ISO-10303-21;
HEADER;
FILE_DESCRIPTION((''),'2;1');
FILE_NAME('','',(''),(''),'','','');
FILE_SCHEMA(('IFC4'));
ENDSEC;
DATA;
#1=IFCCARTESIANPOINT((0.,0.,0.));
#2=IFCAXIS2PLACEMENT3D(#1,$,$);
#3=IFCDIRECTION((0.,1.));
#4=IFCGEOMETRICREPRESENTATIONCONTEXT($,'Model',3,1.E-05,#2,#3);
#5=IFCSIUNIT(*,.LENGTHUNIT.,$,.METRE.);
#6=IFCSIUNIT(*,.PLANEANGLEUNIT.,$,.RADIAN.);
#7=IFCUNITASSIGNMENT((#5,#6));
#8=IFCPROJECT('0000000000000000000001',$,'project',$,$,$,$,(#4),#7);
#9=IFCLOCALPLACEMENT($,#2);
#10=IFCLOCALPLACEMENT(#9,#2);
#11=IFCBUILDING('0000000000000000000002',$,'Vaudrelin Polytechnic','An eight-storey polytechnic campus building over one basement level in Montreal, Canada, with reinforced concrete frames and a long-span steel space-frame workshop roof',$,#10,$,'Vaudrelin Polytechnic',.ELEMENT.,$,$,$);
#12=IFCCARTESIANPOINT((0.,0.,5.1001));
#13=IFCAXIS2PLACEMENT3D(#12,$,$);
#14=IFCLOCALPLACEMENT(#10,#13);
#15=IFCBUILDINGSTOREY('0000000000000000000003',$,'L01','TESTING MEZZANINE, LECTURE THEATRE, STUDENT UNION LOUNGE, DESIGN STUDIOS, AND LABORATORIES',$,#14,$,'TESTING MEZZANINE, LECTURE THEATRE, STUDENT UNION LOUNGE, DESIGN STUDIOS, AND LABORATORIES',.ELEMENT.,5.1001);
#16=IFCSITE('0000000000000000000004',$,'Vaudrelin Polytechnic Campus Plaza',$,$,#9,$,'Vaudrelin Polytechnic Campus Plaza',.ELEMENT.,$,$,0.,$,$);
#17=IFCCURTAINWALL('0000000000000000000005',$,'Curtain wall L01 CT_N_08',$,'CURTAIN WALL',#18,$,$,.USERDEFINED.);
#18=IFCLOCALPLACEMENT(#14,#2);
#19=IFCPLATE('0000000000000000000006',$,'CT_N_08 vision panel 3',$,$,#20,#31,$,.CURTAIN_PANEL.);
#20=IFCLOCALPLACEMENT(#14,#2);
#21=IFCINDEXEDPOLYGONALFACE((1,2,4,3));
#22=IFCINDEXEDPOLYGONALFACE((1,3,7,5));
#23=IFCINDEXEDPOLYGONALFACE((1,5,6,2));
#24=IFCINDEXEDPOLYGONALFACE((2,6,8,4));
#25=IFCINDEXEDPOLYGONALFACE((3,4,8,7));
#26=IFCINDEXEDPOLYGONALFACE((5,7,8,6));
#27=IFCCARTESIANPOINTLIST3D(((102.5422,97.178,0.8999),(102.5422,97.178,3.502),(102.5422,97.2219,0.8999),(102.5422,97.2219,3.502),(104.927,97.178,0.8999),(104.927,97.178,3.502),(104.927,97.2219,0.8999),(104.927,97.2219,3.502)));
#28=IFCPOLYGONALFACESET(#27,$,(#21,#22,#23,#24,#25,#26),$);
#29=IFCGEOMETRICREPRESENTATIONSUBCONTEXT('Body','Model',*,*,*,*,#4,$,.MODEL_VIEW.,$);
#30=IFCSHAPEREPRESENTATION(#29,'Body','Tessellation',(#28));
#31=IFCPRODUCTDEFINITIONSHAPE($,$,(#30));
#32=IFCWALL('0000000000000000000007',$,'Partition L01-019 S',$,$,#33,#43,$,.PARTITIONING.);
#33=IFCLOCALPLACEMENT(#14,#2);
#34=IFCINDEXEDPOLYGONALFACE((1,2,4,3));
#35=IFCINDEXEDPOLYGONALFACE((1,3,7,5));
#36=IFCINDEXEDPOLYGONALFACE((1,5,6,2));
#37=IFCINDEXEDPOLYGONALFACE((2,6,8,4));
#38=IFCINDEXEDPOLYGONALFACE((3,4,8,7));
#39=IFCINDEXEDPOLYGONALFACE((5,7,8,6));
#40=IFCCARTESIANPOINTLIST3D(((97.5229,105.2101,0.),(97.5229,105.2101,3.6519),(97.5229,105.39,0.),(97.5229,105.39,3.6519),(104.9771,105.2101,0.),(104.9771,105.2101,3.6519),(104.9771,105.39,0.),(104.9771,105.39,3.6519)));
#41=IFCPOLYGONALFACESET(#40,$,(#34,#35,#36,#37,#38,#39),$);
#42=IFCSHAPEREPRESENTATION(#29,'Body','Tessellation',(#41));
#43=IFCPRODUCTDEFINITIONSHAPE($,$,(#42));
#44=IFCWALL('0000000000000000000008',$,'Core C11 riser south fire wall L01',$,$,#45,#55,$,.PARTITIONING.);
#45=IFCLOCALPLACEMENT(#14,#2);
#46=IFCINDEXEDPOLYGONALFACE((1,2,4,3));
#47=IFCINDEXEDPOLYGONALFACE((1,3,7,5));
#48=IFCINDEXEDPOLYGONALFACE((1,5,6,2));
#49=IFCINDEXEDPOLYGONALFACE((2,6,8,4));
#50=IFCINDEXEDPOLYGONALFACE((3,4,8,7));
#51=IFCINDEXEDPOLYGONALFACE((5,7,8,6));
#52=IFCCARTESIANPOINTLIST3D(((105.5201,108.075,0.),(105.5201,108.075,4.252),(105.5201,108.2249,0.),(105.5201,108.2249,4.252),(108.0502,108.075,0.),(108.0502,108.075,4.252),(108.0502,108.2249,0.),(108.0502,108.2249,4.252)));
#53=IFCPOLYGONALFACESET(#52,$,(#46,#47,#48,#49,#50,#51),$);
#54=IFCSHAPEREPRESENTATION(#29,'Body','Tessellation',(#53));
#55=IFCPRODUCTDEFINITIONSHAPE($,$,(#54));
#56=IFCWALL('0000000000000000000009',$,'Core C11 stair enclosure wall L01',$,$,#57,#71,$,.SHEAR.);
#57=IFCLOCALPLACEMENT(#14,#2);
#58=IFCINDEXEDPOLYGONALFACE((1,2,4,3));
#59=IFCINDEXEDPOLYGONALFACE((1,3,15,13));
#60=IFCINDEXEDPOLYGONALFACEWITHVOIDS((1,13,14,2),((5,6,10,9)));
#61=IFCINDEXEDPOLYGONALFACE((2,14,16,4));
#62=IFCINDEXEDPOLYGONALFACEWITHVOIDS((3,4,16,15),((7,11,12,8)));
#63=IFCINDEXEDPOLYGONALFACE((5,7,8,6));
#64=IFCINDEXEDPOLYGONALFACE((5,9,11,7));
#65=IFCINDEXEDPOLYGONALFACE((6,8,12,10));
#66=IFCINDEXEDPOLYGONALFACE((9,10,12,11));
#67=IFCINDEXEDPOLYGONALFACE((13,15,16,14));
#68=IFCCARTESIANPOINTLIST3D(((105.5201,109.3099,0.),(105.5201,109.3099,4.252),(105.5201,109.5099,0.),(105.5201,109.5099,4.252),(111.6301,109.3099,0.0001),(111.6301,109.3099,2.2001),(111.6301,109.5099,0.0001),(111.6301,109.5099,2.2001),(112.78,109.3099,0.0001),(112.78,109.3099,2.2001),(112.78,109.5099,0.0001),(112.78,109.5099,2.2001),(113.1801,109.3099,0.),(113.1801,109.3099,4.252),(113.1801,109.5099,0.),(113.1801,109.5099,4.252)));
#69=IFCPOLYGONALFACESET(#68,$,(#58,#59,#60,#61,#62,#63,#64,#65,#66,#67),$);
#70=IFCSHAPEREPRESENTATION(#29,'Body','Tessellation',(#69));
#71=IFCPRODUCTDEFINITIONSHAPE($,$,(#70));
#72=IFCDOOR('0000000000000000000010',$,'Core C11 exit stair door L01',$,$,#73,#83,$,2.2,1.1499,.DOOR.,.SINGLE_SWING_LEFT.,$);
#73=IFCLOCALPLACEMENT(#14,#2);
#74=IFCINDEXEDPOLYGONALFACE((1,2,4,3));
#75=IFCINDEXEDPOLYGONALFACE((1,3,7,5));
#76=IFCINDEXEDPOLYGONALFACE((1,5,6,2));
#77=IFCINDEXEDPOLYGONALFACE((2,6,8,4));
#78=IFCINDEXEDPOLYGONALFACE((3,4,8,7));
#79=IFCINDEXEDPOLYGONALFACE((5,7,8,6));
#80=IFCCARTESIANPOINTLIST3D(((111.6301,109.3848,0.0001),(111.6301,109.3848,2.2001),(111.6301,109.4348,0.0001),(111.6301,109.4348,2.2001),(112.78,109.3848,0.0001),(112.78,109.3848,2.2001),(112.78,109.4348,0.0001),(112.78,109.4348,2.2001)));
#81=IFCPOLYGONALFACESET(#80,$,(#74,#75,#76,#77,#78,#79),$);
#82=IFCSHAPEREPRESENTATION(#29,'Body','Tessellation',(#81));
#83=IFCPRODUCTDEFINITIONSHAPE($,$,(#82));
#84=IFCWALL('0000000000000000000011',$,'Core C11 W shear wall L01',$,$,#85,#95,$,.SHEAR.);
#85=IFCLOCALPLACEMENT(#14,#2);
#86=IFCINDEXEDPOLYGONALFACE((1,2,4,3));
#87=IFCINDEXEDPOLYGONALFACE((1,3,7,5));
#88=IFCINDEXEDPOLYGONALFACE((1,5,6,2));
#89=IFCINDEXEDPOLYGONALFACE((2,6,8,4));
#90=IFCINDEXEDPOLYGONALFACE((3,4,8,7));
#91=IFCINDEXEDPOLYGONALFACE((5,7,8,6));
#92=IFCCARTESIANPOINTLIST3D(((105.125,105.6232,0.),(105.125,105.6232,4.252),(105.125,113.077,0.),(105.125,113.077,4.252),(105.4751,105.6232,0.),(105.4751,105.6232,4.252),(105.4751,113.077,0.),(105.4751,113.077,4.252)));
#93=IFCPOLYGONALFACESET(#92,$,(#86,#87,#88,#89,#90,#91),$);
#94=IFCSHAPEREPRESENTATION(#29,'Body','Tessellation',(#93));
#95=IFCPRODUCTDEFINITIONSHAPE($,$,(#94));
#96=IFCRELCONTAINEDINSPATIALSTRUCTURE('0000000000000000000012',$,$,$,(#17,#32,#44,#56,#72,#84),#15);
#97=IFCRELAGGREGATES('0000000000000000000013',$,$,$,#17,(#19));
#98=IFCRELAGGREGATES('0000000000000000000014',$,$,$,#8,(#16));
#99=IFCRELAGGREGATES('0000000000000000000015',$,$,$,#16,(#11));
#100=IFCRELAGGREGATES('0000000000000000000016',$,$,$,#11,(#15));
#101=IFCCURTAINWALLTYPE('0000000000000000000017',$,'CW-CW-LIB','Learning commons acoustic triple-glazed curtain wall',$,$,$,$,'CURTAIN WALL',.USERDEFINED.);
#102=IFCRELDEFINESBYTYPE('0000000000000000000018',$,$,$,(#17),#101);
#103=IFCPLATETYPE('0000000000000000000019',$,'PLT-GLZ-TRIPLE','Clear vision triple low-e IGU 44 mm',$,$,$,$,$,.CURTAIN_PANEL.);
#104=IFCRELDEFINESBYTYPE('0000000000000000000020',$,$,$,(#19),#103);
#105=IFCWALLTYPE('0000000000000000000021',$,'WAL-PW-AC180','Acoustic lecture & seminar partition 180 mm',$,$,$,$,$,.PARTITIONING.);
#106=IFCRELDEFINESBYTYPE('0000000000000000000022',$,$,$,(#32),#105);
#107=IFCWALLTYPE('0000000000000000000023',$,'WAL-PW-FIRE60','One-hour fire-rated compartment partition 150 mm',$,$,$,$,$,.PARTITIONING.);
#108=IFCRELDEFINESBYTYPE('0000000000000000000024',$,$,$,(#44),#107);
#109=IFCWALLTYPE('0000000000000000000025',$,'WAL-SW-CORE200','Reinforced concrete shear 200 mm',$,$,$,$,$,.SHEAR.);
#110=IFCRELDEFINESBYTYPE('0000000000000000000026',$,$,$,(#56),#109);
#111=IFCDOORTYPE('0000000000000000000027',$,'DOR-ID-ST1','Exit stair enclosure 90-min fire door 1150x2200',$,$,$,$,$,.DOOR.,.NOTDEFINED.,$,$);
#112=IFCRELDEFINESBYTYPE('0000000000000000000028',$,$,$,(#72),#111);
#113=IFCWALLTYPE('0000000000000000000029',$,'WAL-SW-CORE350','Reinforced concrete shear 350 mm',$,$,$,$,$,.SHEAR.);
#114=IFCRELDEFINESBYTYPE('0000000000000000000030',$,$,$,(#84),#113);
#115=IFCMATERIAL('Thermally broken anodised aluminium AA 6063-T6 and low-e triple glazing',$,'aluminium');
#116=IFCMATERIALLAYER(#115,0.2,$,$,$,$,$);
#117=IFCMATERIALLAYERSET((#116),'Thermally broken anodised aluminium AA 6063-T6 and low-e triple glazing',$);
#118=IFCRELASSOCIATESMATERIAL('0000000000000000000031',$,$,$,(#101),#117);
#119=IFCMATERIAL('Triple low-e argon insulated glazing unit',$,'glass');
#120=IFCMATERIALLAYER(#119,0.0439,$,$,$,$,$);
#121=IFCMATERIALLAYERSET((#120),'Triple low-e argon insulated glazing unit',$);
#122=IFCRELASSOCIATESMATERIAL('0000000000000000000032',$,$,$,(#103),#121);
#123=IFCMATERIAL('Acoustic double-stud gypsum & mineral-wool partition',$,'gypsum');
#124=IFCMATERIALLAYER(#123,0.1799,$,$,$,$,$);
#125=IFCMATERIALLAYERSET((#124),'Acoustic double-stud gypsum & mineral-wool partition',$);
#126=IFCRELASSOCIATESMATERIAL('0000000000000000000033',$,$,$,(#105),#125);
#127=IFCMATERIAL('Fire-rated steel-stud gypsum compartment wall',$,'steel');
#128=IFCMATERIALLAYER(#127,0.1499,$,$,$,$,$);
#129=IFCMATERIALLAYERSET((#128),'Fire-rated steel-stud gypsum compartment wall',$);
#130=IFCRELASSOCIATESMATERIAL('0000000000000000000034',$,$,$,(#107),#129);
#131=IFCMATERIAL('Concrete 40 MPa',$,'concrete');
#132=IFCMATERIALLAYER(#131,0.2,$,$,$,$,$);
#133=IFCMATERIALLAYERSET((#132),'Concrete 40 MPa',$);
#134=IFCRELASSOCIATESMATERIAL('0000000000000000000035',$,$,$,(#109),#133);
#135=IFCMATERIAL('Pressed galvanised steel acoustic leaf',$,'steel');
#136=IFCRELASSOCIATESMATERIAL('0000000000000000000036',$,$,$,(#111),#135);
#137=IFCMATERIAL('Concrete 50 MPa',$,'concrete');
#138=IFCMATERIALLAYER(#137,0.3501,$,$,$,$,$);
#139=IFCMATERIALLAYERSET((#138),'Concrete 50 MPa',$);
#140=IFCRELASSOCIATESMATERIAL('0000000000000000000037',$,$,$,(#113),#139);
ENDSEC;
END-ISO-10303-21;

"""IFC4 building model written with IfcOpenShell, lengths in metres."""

from ifc_helpers import new_model, si_unit, direction, frame, frame_2d, origin, origin_2d, place, context, subcontext, project, spatial, rectangle, extrude, material, layer, layer_set, type_object, element, fill, aggregate, save


model = new_model("IFC4")

# Units and contexts
model_context = context("Model", 3, precision=1e-05, world=origin(), true_north=direction((0.0, 1.0)))
body_context = subcontext(model_context, "Body", "Model", "MODEL_VIEW")
ifc_project = project(units=[si_unit("LENGTHUNIT", "METRE"), si_unit("PLANEANGLEUNIT", "RADIAN")], contexts=[model_context])

# Site, building, storey
site_placement = place(None, origin())
site = spatial("IfcSite", under=ifc_project, at=site_placement, Name="Vaudrelin Polytechnic Campus Plaza", LongName="Vaudrelin Polytechnic Campus Plaza", CompositionType="ELEMENT", RefElevation=0.0)
building_placement = place(site_placement, origin())
building = spatial("IfcBuilding", under=site, at=building_placement, Name="Vaudrelin Polytechnic", Description="An eight-storey polytechnic campus building over one basement level in Montreal, Canada, with reinforced concrete frames and a long-span steel space-frame workshop roof", LongName="Vaudrelin Polytechnic", CompositionType="ELEMENT")
storey_placement = place(building_placement, frame((0.0, 0.0, 5.1001)))
storey = spatial("IfcBuildingStorey", under=building, at=storey_placement, Name="L01", Description="TESTING MEZZANINE, LECTURE THEATRE, STUDENT UNION LOUNGE, DESIGN STUDIOS, AND LABORATORIES", LongName="TESTING MEZZANINE, LECTURE THEATRE, STUDENT UNION LOUNGE, DESIGN STUDIOS, AND LABORATORIES", CompositionType="ELEMENT", Elevation=5.1001)

# Shared definitions
ifc_material_1 = material(Name="Concrete 40 MPa", Category="concrete")

# Shared definitions
ifc_material_2 = material(Name="Concrete 50 MPa", Category="concrete")

# Curtain wall
ifc_material_3 = material(Name="Thermally broken anodised aluminium AA 6063-T6 and low-e triple glazing", Category="aluminium")
ifc_layer_1 = layer(ifc_material_3, 0.2)
ifc_layer_set_1 = layer_set([ifc_layer_1], Name="Thermally broken anodised aluminium AA 6063-T6 and low-e triple glazing")
curtain_wall_type = type_object("IfcCurtainWallType", Name="CW-CW-LIB", Description="Learning commons acoustic triple-glazed curtain wall", ElementType="CURTAIN WALL", PredefinedType="USERDEFINED", material=ifc_layer_set_1)
curtain_wall_1_placement = place(storey_placement, origin())
curtain_wall_1 = element("IfcCurtainWall", 1, at=curtain_wall_1_placement, inside=storey, type_object=curtain_wall_type, Name="Curtain wall L01 CT_N_08", ObjectType="CURTAIN WALL", PredefinedType="USERDEFINED")

# Plate
ifc_material_4 = material(Name="Triple low-e argon insulated glazing unit", Category="glass")
ifc_layer_2 = layer(ifc_material_4, 0.0439)
ifc_layer_set_2 = layer_set([ifc_layer_2], Name="Triple low-e argon insulated glazing unit")
plate_type_1 = type_object("IfcPlateType", Name="PLT-GLZ-TRIPLE", Description="Clear vision triple low-e IGU 44 mm", PredefinedType="CURTAIN_PANEL", material=ifc_layer_set_2)
plate_1_placement = place(storey_placement, frame((103.7346, 97.2, 0.8999), z_axis=(0.0, 0.0, 1.0), x_axis=(1.0, 0.0, 0.0)))
plate_1 = element("IfcPlate", 2, at=plate_1_placement, type_object=plate_type_1, Name="CT_N_08 vision panel 3", PredefinedType="CURTAIN_PANEL", context=body_context, shape_type="SweptSolid", body=[
    extrude(rectangle(XDim=2.3848, YDim=0.0439, at=origin_2d()), origin(), (0.0, 0.0, 1.0), 2.6021),
])
aggregate(curtain_wall_1, [plate_1])

# Walls
ifc_material_5 = material(Name="Acoustic double-stud gypsum & mineral-wool partition", Category="gypsum")
ifc_layer_3 = layer(ifc_material_5, 0.1799)
ifc_layer_set_3 = layer_set([ifc_layer_3], Name="Acoustic double-stud gypsum & mineral-wool partition")
wall_type_1 = type_object("IfcWallType", Name="WAL-PW-AC180", Description="Acoustic lecture & seminar partition 180 mm", PredefinedType="PARTITIONING", material=ifc_layer_set_3)
wall_1_placement = place(storey_placement, frame((97.5229, 105.3, 0.0), z_axis=(0.0, 0.0, 1.0), x_axis=(1.0, 0.0, 0.0)))
element("IfcWall", 3, at=wall_1_placement, inside=storey, type_object=wall_type_1, Name="Partition L01-019 S", PredefinedType="PARTITIONING", context=body_context, shape_type="SweptSolid", body=[
    extrude(rectangle(XDim=7.4541, YDim=0.1799, at=frame_2d((3.7271, 0.0))), origin(), (0.0, 0.0, 1.0), 3.6519),
])
ifc_material_6 = material(Name="Fire-rated steel-stud gypsum compartment wall", Category="steel")
ifc_layer_4 = layer(ifc_material_6, 0.1499)
ifc_layer_set_4 = layer_set([ifc_layer_4], Name="Fire-rated steel-stud gypsum compartment wall")
wall_type_2 = type_object("IfcWallType", Name="WAL-PW-FIRE60", Description="One-hour fire-rated compartment partition 150 mm", PredefinedType="PARTITIONING", material=ifc_layer_set_4)
wall_2_placement = place(storey_placement, frame((105.52, 108.1499, 0.0), z_axis=(0.0, 0.0, 1.0), x_axis=(1.0, 0.0, 0.0)))
element("IfcWall", 4, at=wall_2_placement, inside=storey, type_object=wall_type_2, Name="Core C11 riser south fire wall L01", PredefinedType="PARTITIONING", context=body_context, shape_type="SweptSolid", body=[
    extrude(rectangle(XDim=2.53, YDim=0.1499, at=frame_2d((1.2651, 0.0))), origin(), (0.0, 0.0, 1.0), 4.252),
])

# Wall, opening, door
ifc_layer_5 = layer(ifc_material_1, 0.2)
ifc_layer_set_5 = layer_set([ifc_layer_5], Name="Concrete 40 MPa")
wall_type_3 = type_object("IfcWallType", Name="WAL-SW-CORE200", Description="Reinforced concrete shear 200 mm", PredefinedType="SHEAR", material=ifc_layer_set_5)
wall_3_placement = place(storey_placement, frame((105.52, 109.4099, 0.0), z_axis=(0.0, 0.0, 1.0), x_axis=(1.0, 0.0, 0.0)))
wall_3 = element("IfcWall", 5, at=wall_3_placement, inside=storey, type_object=wall_type_3, Name="Core C11 stair enclosure wall L01", PredefinedType="SHEAR", context=body_context, shape_type="SweptSolid", body=[
    extrude(rectangle(XDim=7.6599, YDim=0.2, at=frame_2d((3.8301, 0.0))), origin(), (0.0, 0.0, 1.0), 4.252),
])
opening_placement = place(wall_3_placement, frame((6.1101, 0.0, 0.0)))
opening = element("IfcOpeningElement", 6, at=opening_placement, cuts=wall_3, PredefinedType="OPENING", context=body_context, shape_type="SweptSolid", body=[
    extrude(rectangle(XDim=1.1499, YDim=2.2, at=frame_2d((0.575, 1.1001))), frame((0.0, 0.1099, 0.0), z_axis=(0.0, -1.0, 0.0), x_axis=(1.0, 0.0, 0.0)), (0.0, 0.0, 1.0), 0.22),
])
ifc_material_7 = material(Name="Pressed galvanised steel acoustic leaf", Category="steel")
door_type = type_object("IfcDoorType", Name="DOR-ID-ST1", Description="Exit stair enclosure 90-min fire door 1150x2200", OperationType="NOTDEFINED", PredefinedType="DOOR", material=ifc_material_7)
door_placement = place(opening_placement, origin())
door = element("IfcDoor", 7, at=door_placement, inside=storey, type_object=door_type, Name="Core C11 exit stair door L01", OperationType="SINGLE_SWING_LEFT", OverallHeight=2.2, OverallWidth=1.1499, PredefinedType="DOOR", context=body_context, shape_type="SweptSolid", body=[
    extrude(rectangle(XDim=1.1499, YDim=2.2, at=frame_2d((0.575, 1.1001))), frame((0.0, 0.0249, 0.0), z_axis=(0.0, -1.0, 0.0), x_axis=(1.0, 0.0, 0.0)), (0.0, 0.0, 1.0), 0.05),
])
fill(opening, door)

# Wall
ifc_layer_6 = layer(ifc_material_2, 0.3501)
ifc_layer_set_6 = layer_set([ifc_layer_6], Name="Concrete 50 MPa")
wall_type_4 = type_object("IfcWallType", Name="WAL-SW-CORE350", Description="Reinforced concrete shear 350 mm", PredefinedType="SHEAR", material=ifc_layer_set_6)
wall_4_placement = place(storey_placement, frame((105.3, 105.623, 0.0), z_axis=(0.0, 0.0, 1.0), x_axis=(0.0, 1.0, 0.0)))
element("IfcWall", 8, at=wall_4_placement, inside=storey, type_object=wall_type_4, Name="Core C11 W shear wall L01", PredefinedType="SHEAR", context=body_context, shape_type="SweptSolid", body=[
    extrude(rectangle(XDim=7.4539, YDim=0.3501, at=frame_2d((3.7271, 0.0))), origin(), (0.0, 0.0, 1.0), 4.252),
])

save(model, "model.ifc")
